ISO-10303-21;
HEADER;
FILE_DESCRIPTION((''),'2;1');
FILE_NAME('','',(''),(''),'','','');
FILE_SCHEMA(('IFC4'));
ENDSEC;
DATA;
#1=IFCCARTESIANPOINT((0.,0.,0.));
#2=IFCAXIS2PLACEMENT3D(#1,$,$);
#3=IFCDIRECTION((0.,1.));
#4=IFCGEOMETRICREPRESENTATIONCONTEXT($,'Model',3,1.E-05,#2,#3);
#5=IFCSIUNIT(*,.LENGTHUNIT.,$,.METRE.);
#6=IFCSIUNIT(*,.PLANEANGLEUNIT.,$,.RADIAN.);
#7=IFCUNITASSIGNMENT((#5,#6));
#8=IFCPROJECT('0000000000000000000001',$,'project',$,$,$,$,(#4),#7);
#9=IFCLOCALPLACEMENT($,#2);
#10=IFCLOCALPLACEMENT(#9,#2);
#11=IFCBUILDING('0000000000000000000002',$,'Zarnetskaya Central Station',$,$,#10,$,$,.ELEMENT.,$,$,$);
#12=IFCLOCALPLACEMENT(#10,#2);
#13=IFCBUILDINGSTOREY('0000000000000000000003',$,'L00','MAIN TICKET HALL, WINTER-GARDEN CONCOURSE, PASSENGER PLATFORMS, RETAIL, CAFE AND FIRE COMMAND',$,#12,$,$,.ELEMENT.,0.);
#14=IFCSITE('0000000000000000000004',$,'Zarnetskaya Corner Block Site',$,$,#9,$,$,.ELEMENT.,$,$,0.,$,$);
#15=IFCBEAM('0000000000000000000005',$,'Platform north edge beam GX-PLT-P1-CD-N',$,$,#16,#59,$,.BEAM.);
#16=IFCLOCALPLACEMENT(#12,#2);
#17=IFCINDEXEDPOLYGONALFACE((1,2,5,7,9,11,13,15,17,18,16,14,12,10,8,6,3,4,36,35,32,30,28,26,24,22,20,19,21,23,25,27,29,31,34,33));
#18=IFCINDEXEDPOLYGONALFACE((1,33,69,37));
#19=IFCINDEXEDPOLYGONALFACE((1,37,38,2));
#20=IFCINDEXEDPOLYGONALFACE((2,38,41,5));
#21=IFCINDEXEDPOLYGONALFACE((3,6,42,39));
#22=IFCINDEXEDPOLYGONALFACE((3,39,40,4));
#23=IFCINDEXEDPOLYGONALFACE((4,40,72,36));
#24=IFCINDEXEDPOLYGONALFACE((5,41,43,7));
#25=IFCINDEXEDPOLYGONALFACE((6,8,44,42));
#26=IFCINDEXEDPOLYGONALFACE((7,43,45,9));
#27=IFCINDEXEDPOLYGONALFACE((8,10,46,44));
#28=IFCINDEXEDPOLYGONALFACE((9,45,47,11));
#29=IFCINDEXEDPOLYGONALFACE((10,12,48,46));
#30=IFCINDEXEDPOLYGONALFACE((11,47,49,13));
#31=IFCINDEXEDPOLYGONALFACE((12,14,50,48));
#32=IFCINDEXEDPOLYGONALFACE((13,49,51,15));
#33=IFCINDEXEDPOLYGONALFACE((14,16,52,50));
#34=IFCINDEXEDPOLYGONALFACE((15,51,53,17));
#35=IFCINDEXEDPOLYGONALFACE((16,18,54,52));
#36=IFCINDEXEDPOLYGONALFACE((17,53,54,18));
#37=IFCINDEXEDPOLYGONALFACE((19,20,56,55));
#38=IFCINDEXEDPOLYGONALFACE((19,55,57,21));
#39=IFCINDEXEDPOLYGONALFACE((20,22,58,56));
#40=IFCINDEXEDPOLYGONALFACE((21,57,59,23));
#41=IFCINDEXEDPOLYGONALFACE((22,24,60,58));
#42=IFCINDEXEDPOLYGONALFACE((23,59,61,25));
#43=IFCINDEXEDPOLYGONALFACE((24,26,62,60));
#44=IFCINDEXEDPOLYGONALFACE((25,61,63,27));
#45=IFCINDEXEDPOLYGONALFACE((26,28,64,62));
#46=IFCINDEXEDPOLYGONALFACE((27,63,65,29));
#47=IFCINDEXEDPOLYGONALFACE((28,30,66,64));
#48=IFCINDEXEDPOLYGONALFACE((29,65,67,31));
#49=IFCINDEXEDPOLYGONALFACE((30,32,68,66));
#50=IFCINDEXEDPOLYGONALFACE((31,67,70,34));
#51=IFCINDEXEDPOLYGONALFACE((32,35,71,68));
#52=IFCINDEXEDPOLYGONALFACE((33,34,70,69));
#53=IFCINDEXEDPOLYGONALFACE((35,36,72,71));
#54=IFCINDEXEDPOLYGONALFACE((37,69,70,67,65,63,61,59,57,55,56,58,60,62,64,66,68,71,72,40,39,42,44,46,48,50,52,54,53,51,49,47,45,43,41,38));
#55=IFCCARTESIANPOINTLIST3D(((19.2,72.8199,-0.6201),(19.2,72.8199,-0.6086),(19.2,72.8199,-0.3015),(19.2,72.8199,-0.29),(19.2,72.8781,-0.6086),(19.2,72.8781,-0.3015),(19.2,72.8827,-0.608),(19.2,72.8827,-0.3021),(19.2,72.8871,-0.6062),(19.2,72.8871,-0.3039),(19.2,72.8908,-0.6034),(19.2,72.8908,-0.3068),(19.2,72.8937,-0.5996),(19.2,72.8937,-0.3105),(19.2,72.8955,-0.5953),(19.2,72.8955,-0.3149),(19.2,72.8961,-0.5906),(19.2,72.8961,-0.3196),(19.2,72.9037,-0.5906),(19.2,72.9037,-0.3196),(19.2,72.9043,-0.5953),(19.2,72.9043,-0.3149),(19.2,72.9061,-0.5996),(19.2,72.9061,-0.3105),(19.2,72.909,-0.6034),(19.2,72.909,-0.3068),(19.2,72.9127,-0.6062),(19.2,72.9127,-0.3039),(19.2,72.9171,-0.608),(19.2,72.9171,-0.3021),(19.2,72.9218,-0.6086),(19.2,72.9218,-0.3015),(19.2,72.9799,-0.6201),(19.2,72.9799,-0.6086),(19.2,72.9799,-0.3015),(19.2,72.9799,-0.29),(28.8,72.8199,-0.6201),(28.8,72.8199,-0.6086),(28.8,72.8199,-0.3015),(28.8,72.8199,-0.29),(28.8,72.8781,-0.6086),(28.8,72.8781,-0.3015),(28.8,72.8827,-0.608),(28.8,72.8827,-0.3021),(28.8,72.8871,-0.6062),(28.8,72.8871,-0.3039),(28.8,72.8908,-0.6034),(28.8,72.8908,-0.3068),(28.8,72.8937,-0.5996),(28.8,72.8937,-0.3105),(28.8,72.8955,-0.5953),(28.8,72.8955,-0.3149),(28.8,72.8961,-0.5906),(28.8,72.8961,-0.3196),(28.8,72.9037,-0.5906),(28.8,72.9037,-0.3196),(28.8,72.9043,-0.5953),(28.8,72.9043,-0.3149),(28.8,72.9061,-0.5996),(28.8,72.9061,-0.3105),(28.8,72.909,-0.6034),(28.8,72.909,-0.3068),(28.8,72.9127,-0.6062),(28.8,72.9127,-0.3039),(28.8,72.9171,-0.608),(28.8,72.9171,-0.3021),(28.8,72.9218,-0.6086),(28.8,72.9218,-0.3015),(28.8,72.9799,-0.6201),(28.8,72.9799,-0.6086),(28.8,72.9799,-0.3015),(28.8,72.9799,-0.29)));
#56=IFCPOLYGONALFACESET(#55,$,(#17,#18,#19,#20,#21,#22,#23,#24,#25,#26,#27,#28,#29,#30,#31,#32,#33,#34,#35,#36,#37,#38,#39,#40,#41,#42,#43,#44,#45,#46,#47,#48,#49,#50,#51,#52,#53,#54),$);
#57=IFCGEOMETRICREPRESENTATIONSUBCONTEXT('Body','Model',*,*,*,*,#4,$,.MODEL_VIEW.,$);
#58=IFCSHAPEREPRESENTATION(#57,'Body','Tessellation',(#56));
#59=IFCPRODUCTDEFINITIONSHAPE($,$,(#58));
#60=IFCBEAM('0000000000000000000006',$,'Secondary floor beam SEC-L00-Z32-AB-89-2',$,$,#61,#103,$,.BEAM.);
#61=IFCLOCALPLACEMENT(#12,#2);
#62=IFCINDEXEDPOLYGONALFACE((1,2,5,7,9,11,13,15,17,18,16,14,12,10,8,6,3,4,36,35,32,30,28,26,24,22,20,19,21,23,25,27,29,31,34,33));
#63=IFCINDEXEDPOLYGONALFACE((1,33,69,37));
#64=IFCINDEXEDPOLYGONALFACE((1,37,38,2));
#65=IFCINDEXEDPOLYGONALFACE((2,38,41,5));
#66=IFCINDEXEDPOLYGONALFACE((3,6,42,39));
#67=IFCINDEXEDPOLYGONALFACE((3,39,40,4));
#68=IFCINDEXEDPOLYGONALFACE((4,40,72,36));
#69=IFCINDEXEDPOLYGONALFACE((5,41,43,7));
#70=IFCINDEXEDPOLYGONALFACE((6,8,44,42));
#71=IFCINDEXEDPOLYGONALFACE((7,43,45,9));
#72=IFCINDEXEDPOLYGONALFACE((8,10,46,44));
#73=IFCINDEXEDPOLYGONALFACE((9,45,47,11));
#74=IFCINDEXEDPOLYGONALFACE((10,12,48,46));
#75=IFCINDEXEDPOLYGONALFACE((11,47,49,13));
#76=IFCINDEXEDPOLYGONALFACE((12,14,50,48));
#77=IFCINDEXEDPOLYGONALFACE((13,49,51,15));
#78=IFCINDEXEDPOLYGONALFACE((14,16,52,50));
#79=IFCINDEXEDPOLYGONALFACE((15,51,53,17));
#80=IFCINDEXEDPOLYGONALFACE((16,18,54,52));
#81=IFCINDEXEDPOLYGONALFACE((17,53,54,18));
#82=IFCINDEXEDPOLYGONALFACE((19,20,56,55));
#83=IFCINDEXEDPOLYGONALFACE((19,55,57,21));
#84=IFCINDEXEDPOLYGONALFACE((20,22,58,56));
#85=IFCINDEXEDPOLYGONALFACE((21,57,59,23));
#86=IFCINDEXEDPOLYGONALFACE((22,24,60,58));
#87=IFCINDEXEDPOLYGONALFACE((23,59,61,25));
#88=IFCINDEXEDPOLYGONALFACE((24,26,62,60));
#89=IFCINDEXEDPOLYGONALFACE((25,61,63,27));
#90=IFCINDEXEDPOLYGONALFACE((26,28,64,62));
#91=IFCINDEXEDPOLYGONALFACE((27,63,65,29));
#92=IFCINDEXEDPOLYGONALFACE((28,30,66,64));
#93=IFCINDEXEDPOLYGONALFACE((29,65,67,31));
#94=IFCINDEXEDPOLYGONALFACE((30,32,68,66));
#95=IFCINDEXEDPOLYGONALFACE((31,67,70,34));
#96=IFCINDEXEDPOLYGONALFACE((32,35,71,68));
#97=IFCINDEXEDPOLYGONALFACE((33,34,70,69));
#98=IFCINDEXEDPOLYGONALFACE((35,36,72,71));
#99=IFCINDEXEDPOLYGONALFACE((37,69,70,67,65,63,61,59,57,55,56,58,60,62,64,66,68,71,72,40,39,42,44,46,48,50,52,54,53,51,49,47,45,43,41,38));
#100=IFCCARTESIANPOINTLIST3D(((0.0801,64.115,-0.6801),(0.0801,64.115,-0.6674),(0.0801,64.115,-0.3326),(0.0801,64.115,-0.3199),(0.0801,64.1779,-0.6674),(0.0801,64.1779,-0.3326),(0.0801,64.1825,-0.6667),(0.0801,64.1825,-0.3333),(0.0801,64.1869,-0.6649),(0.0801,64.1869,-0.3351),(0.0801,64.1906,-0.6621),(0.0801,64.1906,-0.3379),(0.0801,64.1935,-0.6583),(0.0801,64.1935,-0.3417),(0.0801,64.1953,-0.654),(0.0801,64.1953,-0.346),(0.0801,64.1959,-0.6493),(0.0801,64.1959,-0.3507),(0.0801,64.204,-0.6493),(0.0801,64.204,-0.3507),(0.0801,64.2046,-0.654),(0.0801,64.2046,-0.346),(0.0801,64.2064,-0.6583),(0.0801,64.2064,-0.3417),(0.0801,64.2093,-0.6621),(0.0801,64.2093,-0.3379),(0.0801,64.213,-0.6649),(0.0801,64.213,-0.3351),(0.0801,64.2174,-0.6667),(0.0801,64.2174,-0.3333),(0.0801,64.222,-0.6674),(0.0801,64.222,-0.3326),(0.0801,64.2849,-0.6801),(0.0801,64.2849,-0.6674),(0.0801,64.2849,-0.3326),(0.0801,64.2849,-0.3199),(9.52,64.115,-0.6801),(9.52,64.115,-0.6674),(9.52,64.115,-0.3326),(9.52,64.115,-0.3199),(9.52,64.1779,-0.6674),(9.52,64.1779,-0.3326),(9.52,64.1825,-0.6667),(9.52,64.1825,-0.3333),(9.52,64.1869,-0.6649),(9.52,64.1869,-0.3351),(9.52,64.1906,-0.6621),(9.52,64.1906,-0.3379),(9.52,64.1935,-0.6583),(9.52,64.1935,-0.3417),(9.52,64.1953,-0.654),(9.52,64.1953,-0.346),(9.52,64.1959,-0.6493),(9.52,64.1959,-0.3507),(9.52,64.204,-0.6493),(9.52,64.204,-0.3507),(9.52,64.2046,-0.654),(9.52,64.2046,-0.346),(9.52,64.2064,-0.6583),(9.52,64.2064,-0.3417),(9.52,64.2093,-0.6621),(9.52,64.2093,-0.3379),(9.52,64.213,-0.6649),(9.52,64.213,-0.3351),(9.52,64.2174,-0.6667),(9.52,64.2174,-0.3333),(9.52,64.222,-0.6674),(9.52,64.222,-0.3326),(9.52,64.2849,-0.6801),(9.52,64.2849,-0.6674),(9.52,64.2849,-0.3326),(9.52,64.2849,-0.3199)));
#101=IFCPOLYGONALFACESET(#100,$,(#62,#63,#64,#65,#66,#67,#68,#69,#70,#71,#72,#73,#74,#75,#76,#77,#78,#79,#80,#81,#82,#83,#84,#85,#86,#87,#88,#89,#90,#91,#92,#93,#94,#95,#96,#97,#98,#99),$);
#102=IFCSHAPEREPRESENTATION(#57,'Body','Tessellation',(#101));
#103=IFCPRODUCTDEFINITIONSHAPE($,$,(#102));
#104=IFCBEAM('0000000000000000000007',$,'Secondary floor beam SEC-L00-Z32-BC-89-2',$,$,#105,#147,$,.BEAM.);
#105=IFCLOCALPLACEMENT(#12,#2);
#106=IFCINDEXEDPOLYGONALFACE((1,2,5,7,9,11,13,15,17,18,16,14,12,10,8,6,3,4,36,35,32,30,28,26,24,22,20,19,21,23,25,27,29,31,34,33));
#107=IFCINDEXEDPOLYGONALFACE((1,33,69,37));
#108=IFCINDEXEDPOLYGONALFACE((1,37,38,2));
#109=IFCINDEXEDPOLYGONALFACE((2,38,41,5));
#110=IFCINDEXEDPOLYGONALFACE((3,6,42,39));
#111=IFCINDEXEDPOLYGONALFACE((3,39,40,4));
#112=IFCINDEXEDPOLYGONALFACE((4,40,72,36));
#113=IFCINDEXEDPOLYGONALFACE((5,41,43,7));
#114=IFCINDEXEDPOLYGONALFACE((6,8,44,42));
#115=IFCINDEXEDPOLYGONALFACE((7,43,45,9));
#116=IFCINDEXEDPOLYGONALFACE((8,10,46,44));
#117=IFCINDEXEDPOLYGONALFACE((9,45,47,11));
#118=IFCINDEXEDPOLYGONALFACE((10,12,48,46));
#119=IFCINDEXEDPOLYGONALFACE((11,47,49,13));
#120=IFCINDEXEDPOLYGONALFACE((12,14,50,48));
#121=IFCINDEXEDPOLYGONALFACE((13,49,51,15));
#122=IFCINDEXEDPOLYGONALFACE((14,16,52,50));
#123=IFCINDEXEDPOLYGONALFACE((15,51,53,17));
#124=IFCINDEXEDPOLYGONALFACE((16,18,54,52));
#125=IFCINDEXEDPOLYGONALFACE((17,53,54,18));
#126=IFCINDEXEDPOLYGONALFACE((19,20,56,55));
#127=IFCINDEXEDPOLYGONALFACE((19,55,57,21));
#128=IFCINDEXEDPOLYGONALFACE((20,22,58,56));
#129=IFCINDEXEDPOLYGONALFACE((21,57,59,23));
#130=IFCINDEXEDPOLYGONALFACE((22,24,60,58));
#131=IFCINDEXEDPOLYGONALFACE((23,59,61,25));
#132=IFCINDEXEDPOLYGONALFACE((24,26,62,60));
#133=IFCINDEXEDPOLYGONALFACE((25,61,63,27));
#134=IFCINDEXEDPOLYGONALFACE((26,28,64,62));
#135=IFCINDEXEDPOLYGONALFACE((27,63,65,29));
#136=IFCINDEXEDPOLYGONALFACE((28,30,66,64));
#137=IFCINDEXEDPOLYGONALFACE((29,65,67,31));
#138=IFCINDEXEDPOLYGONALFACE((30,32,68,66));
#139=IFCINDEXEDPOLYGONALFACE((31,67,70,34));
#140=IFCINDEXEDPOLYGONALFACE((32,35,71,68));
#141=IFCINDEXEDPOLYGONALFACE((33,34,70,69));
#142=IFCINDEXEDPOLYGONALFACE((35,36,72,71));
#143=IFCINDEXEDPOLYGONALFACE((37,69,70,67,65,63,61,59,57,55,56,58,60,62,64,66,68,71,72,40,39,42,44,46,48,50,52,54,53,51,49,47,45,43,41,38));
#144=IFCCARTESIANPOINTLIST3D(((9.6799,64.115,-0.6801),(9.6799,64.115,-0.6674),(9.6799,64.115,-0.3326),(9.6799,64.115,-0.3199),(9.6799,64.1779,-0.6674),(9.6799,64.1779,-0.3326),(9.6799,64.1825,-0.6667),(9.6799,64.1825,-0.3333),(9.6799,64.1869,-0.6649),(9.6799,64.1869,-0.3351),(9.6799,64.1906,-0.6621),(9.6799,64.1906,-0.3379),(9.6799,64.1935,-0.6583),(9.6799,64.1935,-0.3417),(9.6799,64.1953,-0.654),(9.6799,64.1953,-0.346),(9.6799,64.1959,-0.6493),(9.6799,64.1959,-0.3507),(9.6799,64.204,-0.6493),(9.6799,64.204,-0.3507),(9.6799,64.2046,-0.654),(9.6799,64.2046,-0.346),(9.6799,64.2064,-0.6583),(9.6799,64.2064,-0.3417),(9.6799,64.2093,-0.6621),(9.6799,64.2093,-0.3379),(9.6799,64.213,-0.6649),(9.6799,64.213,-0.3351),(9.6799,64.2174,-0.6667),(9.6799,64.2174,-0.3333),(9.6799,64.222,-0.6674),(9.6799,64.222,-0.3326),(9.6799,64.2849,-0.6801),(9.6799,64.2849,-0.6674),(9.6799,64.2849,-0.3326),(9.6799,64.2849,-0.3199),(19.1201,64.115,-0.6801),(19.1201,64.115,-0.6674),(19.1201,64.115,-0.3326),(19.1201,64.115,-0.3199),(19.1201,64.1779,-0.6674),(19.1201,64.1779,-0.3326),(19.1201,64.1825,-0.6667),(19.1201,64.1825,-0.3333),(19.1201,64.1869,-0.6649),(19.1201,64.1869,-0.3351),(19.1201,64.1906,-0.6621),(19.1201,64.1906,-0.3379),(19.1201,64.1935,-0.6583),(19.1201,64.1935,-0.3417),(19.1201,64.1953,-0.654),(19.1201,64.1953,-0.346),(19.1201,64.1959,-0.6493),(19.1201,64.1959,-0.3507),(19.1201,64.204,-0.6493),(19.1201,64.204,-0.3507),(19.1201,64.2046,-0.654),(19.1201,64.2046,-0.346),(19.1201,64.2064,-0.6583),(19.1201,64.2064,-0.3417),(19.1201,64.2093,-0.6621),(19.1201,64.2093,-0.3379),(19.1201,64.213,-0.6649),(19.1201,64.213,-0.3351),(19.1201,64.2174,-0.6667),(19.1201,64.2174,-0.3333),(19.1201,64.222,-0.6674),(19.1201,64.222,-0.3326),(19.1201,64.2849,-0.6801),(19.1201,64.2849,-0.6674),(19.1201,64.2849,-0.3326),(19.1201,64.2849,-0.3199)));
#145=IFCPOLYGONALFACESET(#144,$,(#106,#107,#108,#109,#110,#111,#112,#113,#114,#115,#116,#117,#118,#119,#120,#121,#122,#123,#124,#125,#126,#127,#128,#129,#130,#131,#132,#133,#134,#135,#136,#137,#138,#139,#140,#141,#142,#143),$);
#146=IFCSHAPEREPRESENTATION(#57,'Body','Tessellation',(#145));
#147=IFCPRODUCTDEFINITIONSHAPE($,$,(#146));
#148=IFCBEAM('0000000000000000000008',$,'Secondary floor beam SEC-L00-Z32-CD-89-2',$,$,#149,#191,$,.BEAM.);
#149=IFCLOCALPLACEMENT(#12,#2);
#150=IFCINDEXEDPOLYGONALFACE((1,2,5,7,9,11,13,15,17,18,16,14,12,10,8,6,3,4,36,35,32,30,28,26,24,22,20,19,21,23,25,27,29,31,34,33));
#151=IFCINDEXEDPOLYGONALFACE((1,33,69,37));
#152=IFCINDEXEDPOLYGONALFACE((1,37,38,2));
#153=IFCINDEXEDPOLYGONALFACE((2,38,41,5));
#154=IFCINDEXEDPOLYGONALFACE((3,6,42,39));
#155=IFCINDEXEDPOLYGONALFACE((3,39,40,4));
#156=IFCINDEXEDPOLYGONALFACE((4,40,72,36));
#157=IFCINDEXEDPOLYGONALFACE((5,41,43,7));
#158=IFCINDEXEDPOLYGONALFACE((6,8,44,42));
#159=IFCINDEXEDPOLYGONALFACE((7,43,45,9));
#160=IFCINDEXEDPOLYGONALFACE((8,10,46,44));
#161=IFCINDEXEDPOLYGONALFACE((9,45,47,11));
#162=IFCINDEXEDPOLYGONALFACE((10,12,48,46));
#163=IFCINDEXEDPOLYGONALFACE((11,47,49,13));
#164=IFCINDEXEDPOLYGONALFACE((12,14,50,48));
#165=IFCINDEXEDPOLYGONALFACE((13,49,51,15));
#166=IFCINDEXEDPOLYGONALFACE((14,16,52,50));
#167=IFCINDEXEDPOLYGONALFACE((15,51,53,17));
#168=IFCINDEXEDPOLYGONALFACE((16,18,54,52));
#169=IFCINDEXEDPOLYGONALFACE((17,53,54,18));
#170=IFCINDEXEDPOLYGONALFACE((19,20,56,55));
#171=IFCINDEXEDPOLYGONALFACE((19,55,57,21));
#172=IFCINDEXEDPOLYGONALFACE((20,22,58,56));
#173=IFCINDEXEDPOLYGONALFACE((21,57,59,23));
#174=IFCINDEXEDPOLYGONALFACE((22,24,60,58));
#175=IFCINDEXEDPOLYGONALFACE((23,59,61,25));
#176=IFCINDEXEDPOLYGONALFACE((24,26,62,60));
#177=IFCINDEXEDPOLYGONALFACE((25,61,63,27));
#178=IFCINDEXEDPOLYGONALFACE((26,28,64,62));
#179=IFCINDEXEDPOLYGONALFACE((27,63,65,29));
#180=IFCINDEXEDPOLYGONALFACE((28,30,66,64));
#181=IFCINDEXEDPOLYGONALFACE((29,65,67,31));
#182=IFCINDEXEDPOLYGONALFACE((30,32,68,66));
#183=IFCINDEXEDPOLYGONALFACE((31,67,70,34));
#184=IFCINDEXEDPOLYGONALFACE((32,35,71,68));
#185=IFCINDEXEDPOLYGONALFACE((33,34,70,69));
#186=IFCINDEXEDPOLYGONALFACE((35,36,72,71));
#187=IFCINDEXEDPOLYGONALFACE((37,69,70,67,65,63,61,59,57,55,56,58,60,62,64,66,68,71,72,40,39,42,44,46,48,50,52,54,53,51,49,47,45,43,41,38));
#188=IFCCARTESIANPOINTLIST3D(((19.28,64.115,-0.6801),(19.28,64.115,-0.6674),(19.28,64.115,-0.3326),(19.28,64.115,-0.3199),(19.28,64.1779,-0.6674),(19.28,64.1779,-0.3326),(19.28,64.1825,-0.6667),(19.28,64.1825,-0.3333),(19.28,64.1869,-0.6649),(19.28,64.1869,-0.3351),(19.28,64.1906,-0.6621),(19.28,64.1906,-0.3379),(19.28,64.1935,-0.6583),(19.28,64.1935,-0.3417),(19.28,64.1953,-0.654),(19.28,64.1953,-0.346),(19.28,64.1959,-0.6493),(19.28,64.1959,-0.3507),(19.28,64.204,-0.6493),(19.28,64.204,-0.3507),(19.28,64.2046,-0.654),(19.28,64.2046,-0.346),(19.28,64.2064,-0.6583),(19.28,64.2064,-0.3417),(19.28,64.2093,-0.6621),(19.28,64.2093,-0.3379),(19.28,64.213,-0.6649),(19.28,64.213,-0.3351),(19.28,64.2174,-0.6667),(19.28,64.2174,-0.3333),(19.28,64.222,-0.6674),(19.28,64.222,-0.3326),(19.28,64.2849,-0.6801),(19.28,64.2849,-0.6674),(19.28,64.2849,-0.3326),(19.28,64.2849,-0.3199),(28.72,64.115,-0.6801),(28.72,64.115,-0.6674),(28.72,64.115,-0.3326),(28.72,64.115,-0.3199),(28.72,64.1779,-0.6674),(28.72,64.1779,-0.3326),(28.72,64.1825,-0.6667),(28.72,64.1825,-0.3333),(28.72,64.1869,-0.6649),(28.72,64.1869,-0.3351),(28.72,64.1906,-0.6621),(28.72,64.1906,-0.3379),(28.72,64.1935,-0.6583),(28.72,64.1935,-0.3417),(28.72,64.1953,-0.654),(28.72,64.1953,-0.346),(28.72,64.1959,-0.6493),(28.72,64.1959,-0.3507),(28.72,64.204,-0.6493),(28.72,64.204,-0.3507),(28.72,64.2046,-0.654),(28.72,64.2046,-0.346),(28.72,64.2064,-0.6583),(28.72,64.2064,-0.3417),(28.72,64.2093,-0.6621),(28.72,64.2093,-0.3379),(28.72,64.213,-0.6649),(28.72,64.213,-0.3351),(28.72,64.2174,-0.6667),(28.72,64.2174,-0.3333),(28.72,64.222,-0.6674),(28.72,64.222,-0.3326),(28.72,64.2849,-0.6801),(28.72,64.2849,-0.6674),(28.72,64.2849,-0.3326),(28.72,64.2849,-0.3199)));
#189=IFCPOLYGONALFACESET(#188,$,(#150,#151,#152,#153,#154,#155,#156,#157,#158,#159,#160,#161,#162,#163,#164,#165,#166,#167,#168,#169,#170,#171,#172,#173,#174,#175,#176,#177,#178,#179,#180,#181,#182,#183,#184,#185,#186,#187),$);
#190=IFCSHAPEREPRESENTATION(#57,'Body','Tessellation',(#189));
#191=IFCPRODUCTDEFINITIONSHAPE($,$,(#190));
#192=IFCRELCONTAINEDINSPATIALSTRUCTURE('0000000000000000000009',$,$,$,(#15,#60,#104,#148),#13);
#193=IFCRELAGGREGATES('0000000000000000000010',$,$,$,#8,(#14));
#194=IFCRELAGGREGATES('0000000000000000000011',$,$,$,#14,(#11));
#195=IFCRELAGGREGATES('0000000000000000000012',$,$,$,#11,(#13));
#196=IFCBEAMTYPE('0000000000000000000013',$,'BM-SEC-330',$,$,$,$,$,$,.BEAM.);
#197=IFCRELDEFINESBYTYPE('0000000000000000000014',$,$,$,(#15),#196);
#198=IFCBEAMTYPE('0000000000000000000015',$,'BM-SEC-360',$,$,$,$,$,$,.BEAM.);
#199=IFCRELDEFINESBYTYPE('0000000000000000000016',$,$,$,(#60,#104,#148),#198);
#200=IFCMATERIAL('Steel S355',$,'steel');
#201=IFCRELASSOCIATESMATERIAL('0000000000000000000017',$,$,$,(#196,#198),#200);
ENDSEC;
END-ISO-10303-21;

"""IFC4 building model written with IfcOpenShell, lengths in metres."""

from ifc_helpers import new_model, si_unit, direction, frame, origin, origin_2d, place, context, subcontext, project, spatial, i_section, extrude, material, material_profile, profile_set, type_object, element, save


model = new_model("IFC4")

# Units and contexts
model_context = context("Model", 3, precision=1e-05, world=origin(), true_north=direction((0.0, 1.0)))
body_context = subcontext(model_context, "Body", "Model", "MODEL_VIEW")
ifc_project = project(units=[si_unit("LENGTHUNIT", "METRE"), si_unit("PLANEANGLEUNIT", "RADIAN")], contexts=[model_context])

# Site, building, storey
site_placement = place(None, origin())
site = spatial("IfcSite", under=ifc_project, at=site_placement, Name="Zarnetskaya Corner Block Site", CompositionType="ELEMENT", RefElevation=0.0)
building_placement = place(site_placement, origin())
building = spatial("IfcBuilding", under=site, at=building_placement, Name="Zarnetskaya Central Station", CompositionType="ELEMENT")
storey_placement = place(building_placement, origin())
storey = spatial("IfcBuildingStorey", under=building, at=storey_placement, Name="L00", Description="MAIN TICKET HALL, WINTER-GARDEN CONCOURSE, PASSENGER PLATFORMS, RETAIL, CAFE AND FIRE COMMAND", CompositionType="ELEMENT", Elevation=0.0)

# Shared definitions
ifc_material_1 = material(Name="Steel S355", Category="steel")

# Beams
ifc_material_profile_1 = material_profile(ifc_material_1, i_section(OverallWidth=0.1599, OverallDepth=0.3301, WebThickness=0.0076, FlangeThickness=0.0115, FilletRadius=0.0181, at=origin_2d()), Name="IPE 330")
ifc_profile_set_1 = profile_set([ifc_material_profile_1], Name="Steel S355")
beam_type_1 = type_object("IfcBeamType", Name="BM-SEC-330", PredefinedType="BEAM", material=ifc_profile_set_1)
beam_1_placement = place(storey_placement, frame((19.2, 72.8999, -0.4551), z_axis=(1.0, 0.0, 0.0), x_axis=(0.0, 1.0, 0.0)))
element("IfcBeam", 1, at=beam_1_placement, inside=storey, type_object=beam_type_1, Name="Platform north edge beam GX-PLT-P1-CD-N", PredefinedType="BEAM", context=body_context, shape_type="SweptSolid", body=[
    extrude(i_section(OverallWidth=0.1599, OverallDepth=0.3301, WebThickness=0.0076, FlangeThickness=0.0115, FilletRadius=0.0181, at=origin_2d()), origin(), (0.0, 0.0, 1.0), 9.6001),
])
ifc_material_profile_2 = material_profile(ifc_material_1, i_section(OverallWidth=0.1699, OverallDepth=0.3601, WebThickness=0.0081, FlangeThickness=0.0127, FilletRadius=0.0181, at=origin_2d()), Name="IPE 360")
ifc_profile_set_2 = profile_set([ifc_material_profile_2], Name="Steel S355")
beam_type_2 = type_object("IfcBeamType", Name="BM-SEC-360", PredefinedType="BEAM", material=ifc_profile_set_2)
beam_2_placement = place(storey_placement, frame((0.0801, 64.2, -0.5), z_axis=(1.0, 0.0, 0.0), x_axis=(0.0, 1.0, 0.0)))
element("IfcBeam", 2, at=beam_2_placement, inside=storey, type_object=beam_type_2, Name="Secondary floor beam SEC-L00-Z32-AB-89-2", PredefinedType="BEAM", context=body_context, shape_type="SweptSolid", body=[
    extrude(i_section(OverallWidth=0.1699, OverallDepth=0.3601, WebThickness=0.0081, FlangeThickness=0.0127, FilletRadius=0.0181, at=origin_2d()), origin(), (0.0, 0.0, 1.0), 9.4399),
])
beam_3_placement = place(storey_placement, frame((9.6799, 64.2, -0.5), z_axis=(1.0, 0.0, 0.0), x_axis=(0.0, 1.0, 0.0)))
element("IfcBeam", 3, at=beam_3_placement, inside=storey, type_object=beam_type_2, Name="Secondary floor beam SEC-L00-Z32-BC-89-2", PredefinedType="BEAM", context=body_context, shape_type="SweptSolid", body=[
    extrude(i_section(OverallWidth=0.1699, OverallDepth=0.3601, WebThickness=0.0081, FlangeThickness=0.0127, FilletRadius=0.0181, at=origin_2d()), origin(), (0.0, 0.0, 1.0), 9.4402),
])
beam_4_placement = place(storey_placement, frame((19.28, 64.2, -0.5), z_axis=(1.0, 0.0, 0.0), x_axis=(0.0, 1.0, 0.0)))
element("IfcBeam", 4, at=beam_4_placement, inside=storey, type_object=beam_type_2, Name="Secondary floor beam SEC-L00-Z32-CD-89-2", PredefinedType="BEAM", context=body_context, shape_type="SweptSolid", body=[
    extrude(i_section(OverallWidth=0.1699, OverallDepth=0.3601, WebThickness=0.0081, FlangeThickness=0.0127, FilletRadius=0.0181, at=origin_2d()), origin(), (0.0, 0.0, 1.0), 9.4399),
])

save(model, "model.ifc")
